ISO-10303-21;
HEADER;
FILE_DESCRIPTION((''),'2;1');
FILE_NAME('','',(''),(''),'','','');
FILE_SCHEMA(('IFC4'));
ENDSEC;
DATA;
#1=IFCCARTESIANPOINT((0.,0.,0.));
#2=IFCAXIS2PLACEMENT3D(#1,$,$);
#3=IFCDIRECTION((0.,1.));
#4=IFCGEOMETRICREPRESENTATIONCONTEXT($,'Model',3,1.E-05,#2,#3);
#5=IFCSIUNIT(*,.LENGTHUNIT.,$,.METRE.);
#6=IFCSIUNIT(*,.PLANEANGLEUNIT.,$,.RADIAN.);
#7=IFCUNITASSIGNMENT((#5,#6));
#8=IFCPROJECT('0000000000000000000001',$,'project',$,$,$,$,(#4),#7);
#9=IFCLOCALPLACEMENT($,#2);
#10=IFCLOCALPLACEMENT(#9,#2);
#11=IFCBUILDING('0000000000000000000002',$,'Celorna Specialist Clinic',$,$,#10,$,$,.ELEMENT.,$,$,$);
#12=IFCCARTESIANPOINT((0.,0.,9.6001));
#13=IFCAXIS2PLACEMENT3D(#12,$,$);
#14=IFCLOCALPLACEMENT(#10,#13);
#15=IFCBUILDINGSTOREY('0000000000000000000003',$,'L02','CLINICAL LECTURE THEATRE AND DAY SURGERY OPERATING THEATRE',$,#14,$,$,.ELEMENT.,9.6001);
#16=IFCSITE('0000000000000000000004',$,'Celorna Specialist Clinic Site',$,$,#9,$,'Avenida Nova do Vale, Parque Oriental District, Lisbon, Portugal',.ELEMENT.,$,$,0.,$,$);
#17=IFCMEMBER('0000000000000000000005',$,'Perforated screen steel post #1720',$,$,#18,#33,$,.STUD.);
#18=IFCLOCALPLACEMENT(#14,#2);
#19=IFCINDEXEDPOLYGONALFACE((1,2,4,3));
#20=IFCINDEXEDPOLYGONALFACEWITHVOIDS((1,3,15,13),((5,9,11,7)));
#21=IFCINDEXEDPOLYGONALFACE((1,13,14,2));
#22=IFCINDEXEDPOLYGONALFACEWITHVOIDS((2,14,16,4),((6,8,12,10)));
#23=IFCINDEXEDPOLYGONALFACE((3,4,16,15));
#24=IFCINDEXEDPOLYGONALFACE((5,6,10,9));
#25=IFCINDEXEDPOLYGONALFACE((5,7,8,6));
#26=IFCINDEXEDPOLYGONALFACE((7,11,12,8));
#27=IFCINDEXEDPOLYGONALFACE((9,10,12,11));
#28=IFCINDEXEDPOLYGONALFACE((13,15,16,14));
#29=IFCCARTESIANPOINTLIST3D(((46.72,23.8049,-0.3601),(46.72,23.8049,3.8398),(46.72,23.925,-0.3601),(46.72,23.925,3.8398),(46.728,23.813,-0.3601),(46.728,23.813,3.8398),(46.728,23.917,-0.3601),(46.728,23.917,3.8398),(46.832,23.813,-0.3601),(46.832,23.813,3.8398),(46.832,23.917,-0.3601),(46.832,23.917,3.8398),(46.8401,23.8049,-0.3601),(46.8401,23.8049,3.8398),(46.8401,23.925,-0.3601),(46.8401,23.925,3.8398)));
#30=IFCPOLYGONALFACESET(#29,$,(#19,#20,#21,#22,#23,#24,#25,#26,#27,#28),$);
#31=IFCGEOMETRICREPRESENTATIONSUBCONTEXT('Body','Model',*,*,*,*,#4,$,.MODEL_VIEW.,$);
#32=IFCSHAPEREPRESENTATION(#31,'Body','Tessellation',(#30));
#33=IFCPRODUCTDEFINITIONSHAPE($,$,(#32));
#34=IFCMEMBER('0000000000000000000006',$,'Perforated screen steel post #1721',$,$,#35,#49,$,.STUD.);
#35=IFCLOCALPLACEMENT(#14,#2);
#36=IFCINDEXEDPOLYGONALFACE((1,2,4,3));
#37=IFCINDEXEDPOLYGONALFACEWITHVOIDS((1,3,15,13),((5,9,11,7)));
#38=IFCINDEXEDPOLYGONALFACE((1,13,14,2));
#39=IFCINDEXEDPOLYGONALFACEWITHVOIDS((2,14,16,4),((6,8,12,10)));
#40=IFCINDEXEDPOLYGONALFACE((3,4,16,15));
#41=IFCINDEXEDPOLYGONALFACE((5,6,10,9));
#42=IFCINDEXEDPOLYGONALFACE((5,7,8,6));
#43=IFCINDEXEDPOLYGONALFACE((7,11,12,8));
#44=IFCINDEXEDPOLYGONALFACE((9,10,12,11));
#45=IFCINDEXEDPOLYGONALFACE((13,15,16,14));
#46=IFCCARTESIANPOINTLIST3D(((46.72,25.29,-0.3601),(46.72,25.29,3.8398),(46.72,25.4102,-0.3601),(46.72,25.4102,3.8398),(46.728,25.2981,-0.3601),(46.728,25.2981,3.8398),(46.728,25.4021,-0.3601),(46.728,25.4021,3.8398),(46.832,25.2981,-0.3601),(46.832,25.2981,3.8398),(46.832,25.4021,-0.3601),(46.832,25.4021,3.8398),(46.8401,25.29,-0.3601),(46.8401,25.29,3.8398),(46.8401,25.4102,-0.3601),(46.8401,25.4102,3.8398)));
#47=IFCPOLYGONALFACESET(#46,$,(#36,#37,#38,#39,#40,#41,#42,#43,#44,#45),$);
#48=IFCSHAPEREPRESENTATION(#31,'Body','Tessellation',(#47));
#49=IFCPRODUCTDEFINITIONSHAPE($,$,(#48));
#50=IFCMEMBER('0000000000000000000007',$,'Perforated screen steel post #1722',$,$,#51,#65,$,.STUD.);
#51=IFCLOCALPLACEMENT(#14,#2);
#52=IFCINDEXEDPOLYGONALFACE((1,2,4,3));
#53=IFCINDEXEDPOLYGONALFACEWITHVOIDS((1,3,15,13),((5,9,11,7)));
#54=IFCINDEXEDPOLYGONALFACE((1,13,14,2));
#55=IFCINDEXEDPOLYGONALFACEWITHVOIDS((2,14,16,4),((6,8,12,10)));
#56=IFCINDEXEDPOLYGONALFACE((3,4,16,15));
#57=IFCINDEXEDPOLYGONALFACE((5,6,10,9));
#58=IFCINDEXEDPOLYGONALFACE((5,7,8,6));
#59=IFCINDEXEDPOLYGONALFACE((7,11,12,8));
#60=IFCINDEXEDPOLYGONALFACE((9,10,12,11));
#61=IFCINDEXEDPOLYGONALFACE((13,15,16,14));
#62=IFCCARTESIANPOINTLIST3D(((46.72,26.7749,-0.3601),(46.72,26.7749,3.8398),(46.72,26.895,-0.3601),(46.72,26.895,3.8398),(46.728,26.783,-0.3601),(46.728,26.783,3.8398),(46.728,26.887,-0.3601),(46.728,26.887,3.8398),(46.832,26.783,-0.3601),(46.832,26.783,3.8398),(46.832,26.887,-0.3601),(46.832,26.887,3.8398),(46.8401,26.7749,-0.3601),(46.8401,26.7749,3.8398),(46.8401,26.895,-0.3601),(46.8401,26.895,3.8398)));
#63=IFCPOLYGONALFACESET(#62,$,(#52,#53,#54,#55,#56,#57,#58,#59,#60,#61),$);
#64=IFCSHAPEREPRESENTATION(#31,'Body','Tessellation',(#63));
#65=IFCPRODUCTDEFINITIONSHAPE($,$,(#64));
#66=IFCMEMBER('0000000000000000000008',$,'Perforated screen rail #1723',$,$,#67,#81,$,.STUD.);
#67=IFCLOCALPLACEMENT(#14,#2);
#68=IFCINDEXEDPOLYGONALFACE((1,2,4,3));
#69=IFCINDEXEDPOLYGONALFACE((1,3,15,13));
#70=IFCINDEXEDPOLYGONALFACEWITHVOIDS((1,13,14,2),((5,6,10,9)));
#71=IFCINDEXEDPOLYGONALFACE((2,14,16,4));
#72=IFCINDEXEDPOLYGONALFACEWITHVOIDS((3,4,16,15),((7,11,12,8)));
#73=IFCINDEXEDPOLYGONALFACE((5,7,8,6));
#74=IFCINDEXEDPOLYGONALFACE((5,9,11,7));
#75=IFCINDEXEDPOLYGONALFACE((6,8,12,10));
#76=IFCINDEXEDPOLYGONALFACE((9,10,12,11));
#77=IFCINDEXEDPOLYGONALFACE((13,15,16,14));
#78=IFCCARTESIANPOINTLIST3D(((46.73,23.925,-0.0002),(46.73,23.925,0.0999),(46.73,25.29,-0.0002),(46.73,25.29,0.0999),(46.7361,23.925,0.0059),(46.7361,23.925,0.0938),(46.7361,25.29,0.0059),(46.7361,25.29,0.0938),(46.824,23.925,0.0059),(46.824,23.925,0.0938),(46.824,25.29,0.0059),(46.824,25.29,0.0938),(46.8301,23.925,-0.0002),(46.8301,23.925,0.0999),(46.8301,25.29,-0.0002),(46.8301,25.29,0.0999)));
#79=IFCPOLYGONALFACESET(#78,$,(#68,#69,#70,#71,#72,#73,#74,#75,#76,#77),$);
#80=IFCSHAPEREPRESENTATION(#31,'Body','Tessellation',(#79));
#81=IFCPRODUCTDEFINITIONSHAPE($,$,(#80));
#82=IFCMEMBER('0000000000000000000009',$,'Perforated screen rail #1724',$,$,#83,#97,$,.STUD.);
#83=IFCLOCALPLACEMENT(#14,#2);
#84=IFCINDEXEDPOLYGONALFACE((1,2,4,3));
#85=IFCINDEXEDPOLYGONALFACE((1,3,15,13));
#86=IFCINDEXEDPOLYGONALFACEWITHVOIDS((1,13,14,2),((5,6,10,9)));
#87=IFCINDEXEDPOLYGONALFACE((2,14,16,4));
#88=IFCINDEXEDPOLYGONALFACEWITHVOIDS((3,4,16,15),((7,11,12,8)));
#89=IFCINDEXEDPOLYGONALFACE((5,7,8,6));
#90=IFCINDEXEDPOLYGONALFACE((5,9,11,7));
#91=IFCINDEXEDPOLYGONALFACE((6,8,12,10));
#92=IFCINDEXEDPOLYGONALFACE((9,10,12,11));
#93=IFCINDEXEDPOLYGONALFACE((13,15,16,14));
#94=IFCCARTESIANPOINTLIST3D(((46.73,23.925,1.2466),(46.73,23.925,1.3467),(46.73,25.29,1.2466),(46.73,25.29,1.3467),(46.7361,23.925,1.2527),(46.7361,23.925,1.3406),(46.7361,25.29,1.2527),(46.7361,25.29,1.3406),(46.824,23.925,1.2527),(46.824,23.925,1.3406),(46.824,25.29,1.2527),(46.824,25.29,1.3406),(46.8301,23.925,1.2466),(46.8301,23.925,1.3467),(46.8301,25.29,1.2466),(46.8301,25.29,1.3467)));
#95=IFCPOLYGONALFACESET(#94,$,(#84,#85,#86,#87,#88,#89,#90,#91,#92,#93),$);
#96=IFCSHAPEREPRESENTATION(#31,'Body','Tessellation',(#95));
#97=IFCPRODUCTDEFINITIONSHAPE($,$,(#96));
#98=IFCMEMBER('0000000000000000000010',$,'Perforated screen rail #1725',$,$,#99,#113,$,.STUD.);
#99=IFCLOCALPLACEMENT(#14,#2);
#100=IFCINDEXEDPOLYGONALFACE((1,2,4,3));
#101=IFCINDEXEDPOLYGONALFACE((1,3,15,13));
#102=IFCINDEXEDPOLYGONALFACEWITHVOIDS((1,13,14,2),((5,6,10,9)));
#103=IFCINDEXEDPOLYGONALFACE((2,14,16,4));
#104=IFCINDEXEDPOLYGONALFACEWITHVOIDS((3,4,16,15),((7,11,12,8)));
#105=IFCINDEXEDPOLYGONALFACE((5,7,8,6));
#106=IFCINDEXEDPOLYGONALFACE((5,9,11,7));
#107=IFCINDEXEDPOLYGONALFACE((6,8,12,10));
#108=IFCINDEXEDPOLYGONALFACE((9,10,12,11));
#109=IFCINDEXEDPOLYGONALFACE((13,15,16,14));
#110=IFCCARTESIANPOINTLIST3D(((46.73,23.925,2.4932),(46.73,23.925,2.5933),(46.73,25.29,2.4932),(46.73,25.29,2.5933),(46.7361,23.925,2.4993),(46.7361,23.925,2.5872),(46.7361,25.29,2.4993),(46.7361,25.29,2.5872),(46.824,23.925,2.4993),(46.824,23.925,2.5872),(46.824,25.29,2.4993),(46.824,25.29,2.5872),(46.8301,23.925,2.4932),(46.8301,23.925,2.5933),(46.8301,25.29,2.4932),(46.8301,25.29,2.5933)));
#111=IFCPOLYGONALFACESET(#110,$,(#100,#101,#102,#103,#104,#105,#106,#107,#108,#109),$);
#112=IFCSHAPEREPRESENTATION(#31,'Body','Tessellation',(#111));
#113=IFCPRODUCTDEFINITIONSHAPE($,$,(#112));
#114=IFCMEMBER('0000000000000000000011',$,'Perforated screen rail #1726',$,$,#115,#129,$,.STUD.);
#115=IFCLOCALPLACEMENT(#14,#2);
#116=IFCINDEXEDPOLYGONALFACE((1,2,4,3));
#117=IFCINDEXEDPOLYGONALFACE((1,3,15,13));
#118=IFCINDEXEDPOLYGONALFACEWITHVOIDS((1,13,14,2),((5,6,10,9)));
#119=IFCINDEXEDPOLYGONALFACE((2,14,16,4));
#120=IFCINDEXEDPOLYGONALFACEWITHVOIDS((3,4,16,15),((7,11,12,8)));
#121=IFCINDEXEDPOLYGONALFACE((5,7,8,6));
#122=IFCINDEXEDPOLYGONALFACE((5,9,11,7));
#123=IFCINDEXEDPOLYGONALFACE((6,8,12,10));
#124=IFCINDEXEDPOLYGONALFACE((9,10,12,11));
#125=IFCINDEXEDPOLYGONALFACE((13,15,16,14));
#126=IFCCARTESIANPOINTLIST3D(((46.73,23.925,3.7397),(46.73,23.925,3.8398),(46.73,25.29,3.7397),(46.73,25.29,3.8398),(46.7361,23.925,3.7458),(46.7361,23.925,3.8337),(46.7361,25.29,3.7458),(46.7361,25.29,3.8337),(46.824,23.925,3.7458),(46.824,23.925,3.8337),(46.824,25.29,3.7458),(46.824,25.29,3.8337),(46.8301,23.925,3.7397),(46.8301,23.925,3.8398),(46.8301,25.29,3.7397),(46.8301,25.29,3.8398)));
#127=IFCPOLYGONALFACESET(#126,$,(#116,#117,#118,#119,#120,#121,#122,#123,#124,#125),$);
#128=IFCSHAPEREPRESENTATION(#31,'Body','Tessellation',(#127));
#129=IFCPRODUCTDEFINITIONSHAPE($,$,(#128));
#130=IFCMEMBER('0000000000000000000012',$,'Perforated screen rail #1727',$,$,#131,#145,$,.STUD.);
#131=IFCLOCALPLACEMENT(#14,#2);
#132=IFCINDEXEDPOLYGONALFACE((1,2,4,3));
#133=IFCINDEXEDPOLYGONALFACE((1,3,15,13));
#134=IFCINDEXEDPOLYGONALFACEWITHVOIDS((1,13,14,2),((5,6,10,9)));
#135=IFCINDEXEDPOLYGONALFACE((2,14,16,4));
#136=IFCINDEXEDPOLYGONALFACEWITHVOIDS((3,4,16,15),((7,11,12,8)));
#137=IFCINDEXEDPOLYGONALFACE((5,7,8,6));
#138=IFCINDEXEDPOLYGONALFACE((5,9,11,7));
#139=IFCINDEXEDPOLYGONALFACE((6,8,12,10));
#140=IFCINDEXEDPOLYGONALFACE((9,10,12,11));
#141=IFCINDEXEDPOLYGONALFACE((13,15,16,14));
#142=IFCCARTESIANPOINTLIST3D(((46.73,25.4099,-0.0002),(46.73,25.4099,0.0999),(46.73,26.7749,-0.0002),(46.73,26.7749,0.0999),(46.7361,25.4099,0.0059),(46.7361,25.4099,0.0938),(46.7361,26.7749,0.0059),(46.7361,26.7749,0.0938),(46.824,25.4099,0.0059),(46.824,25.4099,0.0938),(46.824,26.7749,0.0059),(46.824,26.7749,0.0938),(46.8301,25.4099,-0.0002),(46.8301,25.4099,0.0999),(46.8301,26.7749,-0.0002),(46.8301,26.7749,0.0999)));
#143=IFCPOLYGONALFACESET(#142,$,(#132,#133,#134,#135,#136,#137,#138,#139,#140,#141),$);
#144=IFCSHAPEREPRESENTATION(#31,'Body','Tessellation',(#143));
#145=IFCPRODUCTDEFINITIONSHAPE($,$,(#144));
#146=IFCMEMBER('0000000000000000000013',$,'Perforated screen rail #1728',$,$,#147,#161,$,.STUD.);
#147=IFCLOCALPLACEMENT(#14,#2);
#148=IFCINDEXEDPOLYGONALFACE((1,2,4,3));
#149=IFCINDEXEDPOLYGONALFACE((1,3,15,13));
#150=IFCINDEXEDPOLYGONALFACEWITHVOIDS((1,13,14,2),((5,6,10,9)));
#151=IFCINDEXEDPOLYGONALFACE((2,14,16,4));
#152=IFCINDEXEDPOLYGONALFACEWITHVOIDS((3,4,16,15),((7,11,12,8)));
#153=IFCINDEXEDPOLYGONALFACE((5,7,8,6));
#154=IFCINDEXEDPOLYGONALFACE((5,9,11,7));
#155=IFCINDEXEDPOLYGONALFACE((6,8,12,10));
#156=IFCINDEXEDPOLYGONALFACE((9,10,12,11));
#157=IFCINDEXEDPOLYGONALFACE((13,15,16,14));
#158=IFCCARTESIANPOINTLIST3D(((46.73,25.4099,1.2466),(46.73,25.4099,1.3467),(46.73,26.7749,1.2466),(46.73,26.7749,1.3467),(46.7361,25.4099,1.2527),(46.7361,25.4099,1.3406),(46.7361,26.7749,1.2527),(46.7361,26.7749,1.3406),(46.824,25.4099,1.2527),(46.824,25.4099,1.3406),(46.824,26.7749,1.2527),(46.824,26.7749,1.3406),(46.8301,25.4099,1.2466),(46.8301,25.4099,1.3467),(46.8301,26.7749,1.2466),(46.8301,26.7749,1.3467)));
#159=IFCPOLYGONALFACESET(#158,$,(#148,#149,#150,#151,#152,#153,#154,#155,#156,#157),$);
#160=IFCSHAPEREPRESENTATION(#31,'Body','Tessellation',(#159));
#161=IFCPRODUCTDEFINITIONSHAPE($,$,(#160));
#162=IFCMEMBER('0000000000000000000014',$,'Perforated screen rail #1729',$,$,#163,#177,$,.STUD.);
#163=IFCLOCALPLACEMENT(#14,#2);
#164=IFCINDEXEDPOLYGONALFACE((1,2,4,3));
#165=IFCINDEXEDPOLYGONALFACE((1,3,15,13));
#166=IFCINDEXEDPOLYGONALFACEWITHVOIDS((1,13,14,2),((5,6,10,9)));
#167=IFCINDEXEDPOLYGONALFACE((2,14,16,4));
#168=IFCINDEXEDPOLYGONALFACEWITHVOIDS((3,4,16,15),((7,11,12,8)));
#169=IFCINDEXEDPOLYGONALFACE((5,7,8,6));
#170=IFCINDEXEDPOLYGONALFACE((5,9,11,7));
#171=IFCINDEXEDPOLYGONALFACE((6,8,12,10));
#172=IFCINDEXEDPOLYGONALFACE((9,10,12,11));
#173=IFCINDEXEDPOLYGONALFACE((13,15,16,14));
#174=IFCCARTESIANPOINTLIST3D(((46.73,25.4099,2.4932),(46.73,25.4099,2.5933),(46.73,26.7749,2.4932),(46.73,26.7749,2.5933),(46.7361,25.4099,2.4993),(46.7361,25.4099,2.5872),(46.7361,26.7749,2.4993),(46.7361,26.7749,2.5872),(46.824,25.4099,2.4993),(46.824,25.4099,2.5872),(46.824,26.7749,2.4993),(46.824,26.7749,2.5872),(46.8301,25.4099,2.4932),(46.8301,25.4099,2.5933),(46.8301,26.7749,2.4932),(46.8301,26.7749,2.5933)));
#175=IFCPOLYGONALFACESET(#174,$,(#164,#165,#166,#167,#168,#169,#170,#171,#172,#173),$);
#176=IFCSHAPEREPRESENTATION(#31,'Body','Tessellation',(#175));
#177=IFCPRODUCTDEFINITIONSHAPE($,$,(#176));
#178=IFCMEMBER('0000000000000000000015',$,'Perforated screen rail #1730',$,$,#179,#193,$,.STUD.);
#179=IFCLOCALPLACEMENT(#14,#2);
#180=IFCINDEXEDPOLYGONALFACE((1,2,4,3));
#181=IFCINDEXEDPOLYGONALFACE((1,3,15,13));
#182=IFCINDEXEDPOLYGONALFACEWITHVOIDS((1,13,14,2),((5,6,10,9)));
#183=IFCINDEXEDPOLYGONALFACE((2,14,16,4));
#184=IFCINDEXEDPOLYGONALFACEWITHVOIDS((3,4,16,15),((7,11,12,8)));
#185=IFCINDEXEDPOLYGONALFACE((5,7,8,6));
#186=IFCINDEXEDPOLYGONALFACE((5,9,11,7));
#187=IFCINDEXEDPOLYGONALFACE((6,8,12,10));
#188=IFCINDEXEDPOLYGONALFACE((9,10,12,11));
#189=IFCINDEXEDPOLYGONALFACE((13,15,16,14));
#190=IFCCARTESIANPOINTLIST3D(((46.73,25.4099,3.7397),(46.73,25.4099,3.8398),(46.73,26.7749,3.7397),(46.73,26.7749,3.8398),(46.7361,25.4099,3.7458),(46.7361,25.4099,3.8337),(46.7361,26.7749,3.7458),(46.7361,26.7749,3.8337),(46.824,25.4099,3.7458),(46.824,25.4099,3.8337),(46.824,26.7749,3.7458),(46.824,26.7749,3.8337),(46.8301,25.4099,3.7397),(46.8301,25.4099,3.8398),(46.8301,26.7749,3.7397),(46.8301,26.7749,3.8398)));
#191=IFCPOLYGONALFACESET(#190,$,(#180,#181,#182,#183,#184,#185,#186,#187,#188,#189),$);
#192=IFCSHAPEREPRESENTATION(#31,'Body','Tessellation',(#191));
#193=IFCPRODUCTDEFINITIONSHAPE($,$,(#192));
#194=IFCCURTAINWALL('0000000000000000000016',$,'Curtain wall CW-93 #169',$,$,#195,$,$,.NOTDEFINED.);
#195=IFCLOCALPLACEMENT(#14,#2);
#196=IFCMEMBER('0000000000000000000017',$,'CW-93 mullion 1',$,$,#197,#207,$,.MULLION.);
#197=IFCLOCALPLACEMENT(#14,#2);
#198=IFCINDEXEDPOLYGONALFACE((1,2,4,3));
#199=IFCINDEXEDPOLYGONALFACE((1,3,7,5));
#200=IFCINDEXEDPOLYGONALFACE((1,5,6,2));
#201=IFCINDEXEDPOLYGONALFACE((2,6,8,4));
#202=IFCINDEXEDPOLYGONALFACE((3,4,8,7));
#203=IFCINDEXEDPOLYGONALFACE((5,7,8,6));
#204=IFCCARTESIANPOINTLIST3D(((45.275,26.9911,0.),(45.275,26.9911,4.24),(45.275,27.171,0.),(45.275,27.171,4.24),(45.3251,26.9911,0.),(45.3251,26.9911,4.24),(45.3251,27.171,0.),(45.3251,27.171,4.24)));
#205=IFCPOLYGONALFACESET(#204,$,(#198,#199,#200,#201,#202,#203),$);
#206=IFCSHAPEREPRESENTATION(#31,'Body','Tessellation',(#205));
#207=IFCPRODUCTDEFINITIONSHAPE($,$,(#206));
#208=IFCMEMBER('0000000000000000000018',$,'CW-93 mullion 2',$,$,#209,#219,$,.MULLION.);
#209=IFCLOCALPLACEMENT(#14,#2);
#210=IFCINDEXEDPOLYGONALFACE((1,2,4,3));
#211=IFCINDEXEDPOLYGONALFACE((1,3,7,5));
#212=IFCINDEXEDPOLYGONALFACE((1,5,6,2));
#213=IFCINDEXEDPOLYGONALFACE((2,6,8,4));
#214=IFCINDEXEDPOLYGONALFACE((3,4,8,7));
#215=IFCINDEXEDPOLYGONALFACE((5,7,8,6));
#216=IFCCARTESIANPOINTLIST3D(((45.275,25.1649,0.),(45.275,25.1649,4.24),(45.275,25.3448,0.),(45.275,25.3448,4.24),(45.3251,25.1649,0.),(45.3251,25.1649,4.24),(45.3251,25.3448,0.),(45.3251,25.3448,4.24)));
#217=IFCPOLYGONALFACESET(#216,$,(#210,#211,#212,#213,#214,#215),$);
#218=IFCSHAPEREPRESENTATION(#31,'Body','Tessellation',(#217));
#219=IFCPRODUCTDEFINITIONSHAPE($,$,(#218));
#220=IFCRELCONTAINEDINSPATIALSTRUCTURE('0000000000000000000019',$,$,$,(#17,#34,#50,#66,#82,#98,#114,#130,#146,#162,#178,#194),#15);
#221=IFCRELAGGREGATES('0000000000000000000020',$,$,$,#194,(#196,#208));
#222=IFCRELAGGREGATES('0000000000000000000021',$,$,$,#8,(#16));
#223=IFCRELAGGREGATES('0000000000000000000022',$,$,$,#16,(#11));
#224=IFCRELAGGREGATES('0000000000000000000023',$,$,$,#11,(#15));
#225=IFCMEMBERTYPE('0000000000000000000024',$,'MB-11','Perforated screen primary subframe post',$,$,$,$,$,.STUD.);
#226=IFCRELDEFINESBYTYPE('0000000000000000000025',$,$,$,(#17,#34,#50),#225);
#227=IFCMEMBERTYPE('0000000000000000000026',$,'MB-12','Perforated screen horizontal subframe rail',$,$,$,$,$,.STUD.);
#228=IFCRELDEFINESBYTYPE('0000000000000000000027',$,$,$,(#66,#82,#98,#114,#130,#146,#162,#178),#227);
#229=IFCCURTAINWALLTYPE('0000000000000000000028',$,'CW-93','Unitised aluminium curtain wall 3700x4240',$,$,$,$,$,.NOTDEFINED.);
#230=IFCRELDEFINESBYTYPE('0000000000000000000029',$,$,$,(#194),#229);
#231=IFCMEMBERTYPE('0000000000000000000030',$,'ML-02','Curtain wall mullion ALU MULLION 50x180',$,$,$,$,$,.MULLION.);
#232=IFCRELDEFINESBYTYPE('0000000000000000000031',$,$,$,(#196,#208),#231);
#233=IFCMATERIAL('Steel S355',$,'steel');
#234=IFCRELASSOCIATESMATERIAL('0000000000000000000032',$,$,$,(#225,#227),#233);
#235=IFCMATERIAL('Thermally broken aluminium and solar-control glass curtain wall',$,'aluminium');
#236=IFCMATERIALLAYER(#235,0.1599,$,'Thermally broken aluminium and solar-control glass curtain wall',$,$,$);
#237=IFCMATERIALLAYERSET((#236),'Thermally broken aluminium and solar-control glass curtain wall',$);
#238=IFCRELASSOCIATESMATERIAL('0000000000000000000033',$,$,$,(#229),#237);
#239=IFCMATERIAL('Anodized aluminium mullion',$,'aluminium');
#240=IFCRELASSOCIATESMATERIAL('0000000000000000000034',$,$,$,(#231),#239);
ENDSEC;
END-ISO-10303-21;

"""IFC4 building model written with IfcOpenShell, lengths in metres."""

from ifc_helpers import new_model, si_unit, direction, frame, origin, origin_2d, place, context, subcontext, project, spatial, rectangle, hollow_rectangle, extrude, material, layer, layer_set, material_profile, profile_set, type_object, element, aggregate, save


model = new_model("IFC4")

# Units and contexts
model_context = context("Model", 3, precision=1e-05, world=origin(), true_north=direction((0.0, 1.0)))
body_context = subcontext(model_context, "Body", "Model", "MODEL_VIEW")
ifc_project = project(units=[si_unit("LENGTHUNIT", "METRE"), si_unit("PLANEANGLEUNIT", "RADIAN")], contexts=[model_context])

# Site, building, storey
site_placement = place(None, origin())
site = spatial("IfcSite", under=ifc_project, at=site_placement, Name="Celorna Specialist Clinic Site", LongName="Avenida Nova do Vale, Parque Oriental District, Lisbon, Portugal", CompositionType="ELEMENT", RefElevation=0.0)
building_placement = place(site_placement, origin())
building = spatial("IfcBuilding", under=site, at=building_placement, Name="Celorna Specialist Clinic", CompositionType="ELEMENT")
storey_placement = place(building_placement, frame((0.0, 0.0, 9.6001)))
storey = spatial("IfcBuildingStorey", under=building, at=storey_placement, Name="L02", Description="CLINICAL LECTURE THEATRE AND DAY SURGERY OPERATING THEATRE", CompositionType="ELEMENT", Elevation=9.6001)

# Members
ifc_material_1 = material(Name="Steel S355", Category="steel")
ifc_material_profile_1 = material_profile(ifc_material_1, hollow_rectangle(XDim=0.1201, YDim=0.1201, WallThickness=0.0081, at=origin_2d()), Name="SHS 120x120x8")
ifc_profile_set_1 = profile_set([ifc_material_profile_1], Name="Steel S355")
member_type_1 = type_object("IfcMemberType", Name="MB-11", Description="Perforated screen primary subframe post", PredefinedType="STUD", material=ifc_profile_set_1)
for number, where, z_axis, x_axis, name in (
    (1, (46.78, 23.865, -0.3601), (0.0, 0.0, 1.0), (1.0, 0.0, 0.0), "Perforated screen steel post #1720"),
    (2, (46.78, 25.3501, -0.3601), (0.0, 0.0, 1.0), (1.0, 0.0, 0.0), "Perforated screen steel post #1721"),
    (3, (46.78, 26.835, -0.3601), (0.0, 0.0, 1.0), (1.0, 0.0, 0.0), "Perforated screen steel post #1722"),
):
    element("IfcMember", number, at=place(storey_placement, frame(where, z_axis=z_axis, x_axis=x_axis)), inside=storey, type_object=member_type_1, Name=name, PredefinedType="STUD", context=body_context, shape_type="SweptSolid", body=[
        extrude(hollow_rectangle(XDim=0.1201, YDim=0.1201, WallThickness=0.0081, at=origin_2d()), origin(), (0.0, 0.0, 1.0), 4.2),
    ])
ifc_material_profile_2 = material_profile(ifc_material_1, hollow_rectangle(XDim=0.1001, YDim=0.1001, WallThickness=0.0061, at=origin_2d()), Name="SHS 100x100x6")
ifc_profile_set_2 = profile_set([ifc_material_profile_2], Name="Steel S355")
member_type_2 = type_object("IfcMemberType", Name="MB-12", Description="Perforated screen horizontal subframe rail", PredefinedType="STUD", material=ifc_profile_set_2)
for number, where, z_axis, x_axis, name in (
    (4, (46.78, 23.925, 0.0498), (0.0, 1.0, 0.0), (-1.0, 0.0, 0.0), "Perforated screen rail #1723"),
    (5, (46.78, 23.925, 1.2966), (0.0, 1.0, 0.0), (-1.0, 0.0, 0.0), "Perforated screen rail #1724"),
    (6, (46.78, 23.925, 2.5432), (0.0, 1.0, 0.0), (-1.0, 0.0, 0.0), "Perforated screen rail #1725"),
    (7, (46.78, 23.925, 3.7898), (0.0, 1.0, 0.0), (-1.0, 0.0, 0.0), "Perforated screen rail #1726"),
    (8, (46.78, 25.4099, 0.0498), (0.0, 1.0, 0.0), (-1.0, 0.0, 0.0), "Perforated screen rail #1727"),
    (9, (46.78, 25.4099, 1.2966), (0.0, 1.0, 0.0), (-1.0, 0.0, 0.0), "Perforated screen rail #1728"),
    (10, (46.78, 25.4099, 2.5432), (0.0, 1.0, 0.0), (-1.0, 0.0, 0.0), "Perforated screen rail #1729"),
    (11, (46.78, 25.4099, 3.7898), (0.0, 1.0, 0.0), (-1.0, 0.0, 0.0), "Perforated screen rail #1730"),
):
    element("IfcMember", number, at=place(storey_placement, frame(where, z_axis=z_axis, x_axis=x_axis)), inside=storey, type_object=member_type_2, Name=name, PredefinedType="STUD", context=body_context, shape_type="SweptSolid", body=[
        extrude(hollow_rectangle(XDim=0.1001, YDim=0.1001, WallThickness=0.0061, at=origin_2d()), origin(), (0.0, 0.0, 1.0), 1.365),
    ])

# Curtain wall, members
ifc_material_2 = material(Name="Thermally broken aluminium and solar-control glass curtain wall", Category="aluminium")
ifc_layer_1 = layer(ifc_material_2, 0.1599, Name="Thermally broken aluminium and solar-control glass curtain wall")
ifc_layer_set_1 = layer_set([ifc_layer_1], Name="Thermally broken aluminium and solar-control glass curtain wall")
curtain_wall_type = type_object("IfcCurtainWallType", Name="CW-93", Description="Unitised aluminium curtain wall 3700x4240", PredefinedType="NOTDEFINED", material=ifc_layer_set_1)
curtain_wall_placement = place(storey_placement, origin())
curtain_wall = element("IfcCurtainWall", 12, at=curtain_wall_placement, inside=storey, type_object=curtain_wall_type, Name="Curtain wall CW-93 #169", PredefinedType="NOTDEFINED")
ifc_material_3 = material(Name="Anodized aluminium mullion", Category="aluminium")
ifc_material_profile_3 = material_profile(ifc_material_3, rectangle(XDim=0.05, YDim=0.1799, at=origin_2d()), Name="ALU MULLION 50x180")
ifc_profile_set_3 = profile_set([ifc_material_profile_3], Name="Anodized aluminium mullion")
member_type_3 = type_object("IfcMemberType", Name="ML-02", Description="Curtain wall mullion ALU MULLION 50x180", PredefinedType="MULLION", material=ifc_profile_set_3)
member_1_placement = place(storey_placement, frame((45.3, 27.0811, 0.0), z_axis=(0.0, 0.0, 1.0), x_axis=(1.0, 0.0, 0.0)))
member_1 = element("IfcMember", 13, at=member_1_placement, type_object=member_type_3, Name="CW-93 mullion 1", PredefinedType="MULLION", context=body_context, shape_type="SweptSolid", body=[
    extrude(rectangle(XDim=0.05, YDim=0.1799, at=origin_2d()), origin(), (0.0, 0.0, 1.0), 4.24),
])
member_2_placement = place(storey_placement, frame((45.3, 25.2549, 0.0), z_axis=(0.0, 0.0, 1.0), x_axis=(1.0, 0.0, 0.0)))
member_2 = element("IfcMember", 14, at=member_2_placement, type_object=member_type_3, Name="CW-93 mullion 2", PredefinedType="MULLION", context=body_context, shape_type="SweptSolid", body=[
    extrude(rectangle(XDim=0.05, YDim=0.1799, at=origin_2d()), origin(), (0.0, 0.0, 1.0), 4.24),
])
aggregate(curtain_wall, [member_1, member_2])

save(model, "model.ifc")
